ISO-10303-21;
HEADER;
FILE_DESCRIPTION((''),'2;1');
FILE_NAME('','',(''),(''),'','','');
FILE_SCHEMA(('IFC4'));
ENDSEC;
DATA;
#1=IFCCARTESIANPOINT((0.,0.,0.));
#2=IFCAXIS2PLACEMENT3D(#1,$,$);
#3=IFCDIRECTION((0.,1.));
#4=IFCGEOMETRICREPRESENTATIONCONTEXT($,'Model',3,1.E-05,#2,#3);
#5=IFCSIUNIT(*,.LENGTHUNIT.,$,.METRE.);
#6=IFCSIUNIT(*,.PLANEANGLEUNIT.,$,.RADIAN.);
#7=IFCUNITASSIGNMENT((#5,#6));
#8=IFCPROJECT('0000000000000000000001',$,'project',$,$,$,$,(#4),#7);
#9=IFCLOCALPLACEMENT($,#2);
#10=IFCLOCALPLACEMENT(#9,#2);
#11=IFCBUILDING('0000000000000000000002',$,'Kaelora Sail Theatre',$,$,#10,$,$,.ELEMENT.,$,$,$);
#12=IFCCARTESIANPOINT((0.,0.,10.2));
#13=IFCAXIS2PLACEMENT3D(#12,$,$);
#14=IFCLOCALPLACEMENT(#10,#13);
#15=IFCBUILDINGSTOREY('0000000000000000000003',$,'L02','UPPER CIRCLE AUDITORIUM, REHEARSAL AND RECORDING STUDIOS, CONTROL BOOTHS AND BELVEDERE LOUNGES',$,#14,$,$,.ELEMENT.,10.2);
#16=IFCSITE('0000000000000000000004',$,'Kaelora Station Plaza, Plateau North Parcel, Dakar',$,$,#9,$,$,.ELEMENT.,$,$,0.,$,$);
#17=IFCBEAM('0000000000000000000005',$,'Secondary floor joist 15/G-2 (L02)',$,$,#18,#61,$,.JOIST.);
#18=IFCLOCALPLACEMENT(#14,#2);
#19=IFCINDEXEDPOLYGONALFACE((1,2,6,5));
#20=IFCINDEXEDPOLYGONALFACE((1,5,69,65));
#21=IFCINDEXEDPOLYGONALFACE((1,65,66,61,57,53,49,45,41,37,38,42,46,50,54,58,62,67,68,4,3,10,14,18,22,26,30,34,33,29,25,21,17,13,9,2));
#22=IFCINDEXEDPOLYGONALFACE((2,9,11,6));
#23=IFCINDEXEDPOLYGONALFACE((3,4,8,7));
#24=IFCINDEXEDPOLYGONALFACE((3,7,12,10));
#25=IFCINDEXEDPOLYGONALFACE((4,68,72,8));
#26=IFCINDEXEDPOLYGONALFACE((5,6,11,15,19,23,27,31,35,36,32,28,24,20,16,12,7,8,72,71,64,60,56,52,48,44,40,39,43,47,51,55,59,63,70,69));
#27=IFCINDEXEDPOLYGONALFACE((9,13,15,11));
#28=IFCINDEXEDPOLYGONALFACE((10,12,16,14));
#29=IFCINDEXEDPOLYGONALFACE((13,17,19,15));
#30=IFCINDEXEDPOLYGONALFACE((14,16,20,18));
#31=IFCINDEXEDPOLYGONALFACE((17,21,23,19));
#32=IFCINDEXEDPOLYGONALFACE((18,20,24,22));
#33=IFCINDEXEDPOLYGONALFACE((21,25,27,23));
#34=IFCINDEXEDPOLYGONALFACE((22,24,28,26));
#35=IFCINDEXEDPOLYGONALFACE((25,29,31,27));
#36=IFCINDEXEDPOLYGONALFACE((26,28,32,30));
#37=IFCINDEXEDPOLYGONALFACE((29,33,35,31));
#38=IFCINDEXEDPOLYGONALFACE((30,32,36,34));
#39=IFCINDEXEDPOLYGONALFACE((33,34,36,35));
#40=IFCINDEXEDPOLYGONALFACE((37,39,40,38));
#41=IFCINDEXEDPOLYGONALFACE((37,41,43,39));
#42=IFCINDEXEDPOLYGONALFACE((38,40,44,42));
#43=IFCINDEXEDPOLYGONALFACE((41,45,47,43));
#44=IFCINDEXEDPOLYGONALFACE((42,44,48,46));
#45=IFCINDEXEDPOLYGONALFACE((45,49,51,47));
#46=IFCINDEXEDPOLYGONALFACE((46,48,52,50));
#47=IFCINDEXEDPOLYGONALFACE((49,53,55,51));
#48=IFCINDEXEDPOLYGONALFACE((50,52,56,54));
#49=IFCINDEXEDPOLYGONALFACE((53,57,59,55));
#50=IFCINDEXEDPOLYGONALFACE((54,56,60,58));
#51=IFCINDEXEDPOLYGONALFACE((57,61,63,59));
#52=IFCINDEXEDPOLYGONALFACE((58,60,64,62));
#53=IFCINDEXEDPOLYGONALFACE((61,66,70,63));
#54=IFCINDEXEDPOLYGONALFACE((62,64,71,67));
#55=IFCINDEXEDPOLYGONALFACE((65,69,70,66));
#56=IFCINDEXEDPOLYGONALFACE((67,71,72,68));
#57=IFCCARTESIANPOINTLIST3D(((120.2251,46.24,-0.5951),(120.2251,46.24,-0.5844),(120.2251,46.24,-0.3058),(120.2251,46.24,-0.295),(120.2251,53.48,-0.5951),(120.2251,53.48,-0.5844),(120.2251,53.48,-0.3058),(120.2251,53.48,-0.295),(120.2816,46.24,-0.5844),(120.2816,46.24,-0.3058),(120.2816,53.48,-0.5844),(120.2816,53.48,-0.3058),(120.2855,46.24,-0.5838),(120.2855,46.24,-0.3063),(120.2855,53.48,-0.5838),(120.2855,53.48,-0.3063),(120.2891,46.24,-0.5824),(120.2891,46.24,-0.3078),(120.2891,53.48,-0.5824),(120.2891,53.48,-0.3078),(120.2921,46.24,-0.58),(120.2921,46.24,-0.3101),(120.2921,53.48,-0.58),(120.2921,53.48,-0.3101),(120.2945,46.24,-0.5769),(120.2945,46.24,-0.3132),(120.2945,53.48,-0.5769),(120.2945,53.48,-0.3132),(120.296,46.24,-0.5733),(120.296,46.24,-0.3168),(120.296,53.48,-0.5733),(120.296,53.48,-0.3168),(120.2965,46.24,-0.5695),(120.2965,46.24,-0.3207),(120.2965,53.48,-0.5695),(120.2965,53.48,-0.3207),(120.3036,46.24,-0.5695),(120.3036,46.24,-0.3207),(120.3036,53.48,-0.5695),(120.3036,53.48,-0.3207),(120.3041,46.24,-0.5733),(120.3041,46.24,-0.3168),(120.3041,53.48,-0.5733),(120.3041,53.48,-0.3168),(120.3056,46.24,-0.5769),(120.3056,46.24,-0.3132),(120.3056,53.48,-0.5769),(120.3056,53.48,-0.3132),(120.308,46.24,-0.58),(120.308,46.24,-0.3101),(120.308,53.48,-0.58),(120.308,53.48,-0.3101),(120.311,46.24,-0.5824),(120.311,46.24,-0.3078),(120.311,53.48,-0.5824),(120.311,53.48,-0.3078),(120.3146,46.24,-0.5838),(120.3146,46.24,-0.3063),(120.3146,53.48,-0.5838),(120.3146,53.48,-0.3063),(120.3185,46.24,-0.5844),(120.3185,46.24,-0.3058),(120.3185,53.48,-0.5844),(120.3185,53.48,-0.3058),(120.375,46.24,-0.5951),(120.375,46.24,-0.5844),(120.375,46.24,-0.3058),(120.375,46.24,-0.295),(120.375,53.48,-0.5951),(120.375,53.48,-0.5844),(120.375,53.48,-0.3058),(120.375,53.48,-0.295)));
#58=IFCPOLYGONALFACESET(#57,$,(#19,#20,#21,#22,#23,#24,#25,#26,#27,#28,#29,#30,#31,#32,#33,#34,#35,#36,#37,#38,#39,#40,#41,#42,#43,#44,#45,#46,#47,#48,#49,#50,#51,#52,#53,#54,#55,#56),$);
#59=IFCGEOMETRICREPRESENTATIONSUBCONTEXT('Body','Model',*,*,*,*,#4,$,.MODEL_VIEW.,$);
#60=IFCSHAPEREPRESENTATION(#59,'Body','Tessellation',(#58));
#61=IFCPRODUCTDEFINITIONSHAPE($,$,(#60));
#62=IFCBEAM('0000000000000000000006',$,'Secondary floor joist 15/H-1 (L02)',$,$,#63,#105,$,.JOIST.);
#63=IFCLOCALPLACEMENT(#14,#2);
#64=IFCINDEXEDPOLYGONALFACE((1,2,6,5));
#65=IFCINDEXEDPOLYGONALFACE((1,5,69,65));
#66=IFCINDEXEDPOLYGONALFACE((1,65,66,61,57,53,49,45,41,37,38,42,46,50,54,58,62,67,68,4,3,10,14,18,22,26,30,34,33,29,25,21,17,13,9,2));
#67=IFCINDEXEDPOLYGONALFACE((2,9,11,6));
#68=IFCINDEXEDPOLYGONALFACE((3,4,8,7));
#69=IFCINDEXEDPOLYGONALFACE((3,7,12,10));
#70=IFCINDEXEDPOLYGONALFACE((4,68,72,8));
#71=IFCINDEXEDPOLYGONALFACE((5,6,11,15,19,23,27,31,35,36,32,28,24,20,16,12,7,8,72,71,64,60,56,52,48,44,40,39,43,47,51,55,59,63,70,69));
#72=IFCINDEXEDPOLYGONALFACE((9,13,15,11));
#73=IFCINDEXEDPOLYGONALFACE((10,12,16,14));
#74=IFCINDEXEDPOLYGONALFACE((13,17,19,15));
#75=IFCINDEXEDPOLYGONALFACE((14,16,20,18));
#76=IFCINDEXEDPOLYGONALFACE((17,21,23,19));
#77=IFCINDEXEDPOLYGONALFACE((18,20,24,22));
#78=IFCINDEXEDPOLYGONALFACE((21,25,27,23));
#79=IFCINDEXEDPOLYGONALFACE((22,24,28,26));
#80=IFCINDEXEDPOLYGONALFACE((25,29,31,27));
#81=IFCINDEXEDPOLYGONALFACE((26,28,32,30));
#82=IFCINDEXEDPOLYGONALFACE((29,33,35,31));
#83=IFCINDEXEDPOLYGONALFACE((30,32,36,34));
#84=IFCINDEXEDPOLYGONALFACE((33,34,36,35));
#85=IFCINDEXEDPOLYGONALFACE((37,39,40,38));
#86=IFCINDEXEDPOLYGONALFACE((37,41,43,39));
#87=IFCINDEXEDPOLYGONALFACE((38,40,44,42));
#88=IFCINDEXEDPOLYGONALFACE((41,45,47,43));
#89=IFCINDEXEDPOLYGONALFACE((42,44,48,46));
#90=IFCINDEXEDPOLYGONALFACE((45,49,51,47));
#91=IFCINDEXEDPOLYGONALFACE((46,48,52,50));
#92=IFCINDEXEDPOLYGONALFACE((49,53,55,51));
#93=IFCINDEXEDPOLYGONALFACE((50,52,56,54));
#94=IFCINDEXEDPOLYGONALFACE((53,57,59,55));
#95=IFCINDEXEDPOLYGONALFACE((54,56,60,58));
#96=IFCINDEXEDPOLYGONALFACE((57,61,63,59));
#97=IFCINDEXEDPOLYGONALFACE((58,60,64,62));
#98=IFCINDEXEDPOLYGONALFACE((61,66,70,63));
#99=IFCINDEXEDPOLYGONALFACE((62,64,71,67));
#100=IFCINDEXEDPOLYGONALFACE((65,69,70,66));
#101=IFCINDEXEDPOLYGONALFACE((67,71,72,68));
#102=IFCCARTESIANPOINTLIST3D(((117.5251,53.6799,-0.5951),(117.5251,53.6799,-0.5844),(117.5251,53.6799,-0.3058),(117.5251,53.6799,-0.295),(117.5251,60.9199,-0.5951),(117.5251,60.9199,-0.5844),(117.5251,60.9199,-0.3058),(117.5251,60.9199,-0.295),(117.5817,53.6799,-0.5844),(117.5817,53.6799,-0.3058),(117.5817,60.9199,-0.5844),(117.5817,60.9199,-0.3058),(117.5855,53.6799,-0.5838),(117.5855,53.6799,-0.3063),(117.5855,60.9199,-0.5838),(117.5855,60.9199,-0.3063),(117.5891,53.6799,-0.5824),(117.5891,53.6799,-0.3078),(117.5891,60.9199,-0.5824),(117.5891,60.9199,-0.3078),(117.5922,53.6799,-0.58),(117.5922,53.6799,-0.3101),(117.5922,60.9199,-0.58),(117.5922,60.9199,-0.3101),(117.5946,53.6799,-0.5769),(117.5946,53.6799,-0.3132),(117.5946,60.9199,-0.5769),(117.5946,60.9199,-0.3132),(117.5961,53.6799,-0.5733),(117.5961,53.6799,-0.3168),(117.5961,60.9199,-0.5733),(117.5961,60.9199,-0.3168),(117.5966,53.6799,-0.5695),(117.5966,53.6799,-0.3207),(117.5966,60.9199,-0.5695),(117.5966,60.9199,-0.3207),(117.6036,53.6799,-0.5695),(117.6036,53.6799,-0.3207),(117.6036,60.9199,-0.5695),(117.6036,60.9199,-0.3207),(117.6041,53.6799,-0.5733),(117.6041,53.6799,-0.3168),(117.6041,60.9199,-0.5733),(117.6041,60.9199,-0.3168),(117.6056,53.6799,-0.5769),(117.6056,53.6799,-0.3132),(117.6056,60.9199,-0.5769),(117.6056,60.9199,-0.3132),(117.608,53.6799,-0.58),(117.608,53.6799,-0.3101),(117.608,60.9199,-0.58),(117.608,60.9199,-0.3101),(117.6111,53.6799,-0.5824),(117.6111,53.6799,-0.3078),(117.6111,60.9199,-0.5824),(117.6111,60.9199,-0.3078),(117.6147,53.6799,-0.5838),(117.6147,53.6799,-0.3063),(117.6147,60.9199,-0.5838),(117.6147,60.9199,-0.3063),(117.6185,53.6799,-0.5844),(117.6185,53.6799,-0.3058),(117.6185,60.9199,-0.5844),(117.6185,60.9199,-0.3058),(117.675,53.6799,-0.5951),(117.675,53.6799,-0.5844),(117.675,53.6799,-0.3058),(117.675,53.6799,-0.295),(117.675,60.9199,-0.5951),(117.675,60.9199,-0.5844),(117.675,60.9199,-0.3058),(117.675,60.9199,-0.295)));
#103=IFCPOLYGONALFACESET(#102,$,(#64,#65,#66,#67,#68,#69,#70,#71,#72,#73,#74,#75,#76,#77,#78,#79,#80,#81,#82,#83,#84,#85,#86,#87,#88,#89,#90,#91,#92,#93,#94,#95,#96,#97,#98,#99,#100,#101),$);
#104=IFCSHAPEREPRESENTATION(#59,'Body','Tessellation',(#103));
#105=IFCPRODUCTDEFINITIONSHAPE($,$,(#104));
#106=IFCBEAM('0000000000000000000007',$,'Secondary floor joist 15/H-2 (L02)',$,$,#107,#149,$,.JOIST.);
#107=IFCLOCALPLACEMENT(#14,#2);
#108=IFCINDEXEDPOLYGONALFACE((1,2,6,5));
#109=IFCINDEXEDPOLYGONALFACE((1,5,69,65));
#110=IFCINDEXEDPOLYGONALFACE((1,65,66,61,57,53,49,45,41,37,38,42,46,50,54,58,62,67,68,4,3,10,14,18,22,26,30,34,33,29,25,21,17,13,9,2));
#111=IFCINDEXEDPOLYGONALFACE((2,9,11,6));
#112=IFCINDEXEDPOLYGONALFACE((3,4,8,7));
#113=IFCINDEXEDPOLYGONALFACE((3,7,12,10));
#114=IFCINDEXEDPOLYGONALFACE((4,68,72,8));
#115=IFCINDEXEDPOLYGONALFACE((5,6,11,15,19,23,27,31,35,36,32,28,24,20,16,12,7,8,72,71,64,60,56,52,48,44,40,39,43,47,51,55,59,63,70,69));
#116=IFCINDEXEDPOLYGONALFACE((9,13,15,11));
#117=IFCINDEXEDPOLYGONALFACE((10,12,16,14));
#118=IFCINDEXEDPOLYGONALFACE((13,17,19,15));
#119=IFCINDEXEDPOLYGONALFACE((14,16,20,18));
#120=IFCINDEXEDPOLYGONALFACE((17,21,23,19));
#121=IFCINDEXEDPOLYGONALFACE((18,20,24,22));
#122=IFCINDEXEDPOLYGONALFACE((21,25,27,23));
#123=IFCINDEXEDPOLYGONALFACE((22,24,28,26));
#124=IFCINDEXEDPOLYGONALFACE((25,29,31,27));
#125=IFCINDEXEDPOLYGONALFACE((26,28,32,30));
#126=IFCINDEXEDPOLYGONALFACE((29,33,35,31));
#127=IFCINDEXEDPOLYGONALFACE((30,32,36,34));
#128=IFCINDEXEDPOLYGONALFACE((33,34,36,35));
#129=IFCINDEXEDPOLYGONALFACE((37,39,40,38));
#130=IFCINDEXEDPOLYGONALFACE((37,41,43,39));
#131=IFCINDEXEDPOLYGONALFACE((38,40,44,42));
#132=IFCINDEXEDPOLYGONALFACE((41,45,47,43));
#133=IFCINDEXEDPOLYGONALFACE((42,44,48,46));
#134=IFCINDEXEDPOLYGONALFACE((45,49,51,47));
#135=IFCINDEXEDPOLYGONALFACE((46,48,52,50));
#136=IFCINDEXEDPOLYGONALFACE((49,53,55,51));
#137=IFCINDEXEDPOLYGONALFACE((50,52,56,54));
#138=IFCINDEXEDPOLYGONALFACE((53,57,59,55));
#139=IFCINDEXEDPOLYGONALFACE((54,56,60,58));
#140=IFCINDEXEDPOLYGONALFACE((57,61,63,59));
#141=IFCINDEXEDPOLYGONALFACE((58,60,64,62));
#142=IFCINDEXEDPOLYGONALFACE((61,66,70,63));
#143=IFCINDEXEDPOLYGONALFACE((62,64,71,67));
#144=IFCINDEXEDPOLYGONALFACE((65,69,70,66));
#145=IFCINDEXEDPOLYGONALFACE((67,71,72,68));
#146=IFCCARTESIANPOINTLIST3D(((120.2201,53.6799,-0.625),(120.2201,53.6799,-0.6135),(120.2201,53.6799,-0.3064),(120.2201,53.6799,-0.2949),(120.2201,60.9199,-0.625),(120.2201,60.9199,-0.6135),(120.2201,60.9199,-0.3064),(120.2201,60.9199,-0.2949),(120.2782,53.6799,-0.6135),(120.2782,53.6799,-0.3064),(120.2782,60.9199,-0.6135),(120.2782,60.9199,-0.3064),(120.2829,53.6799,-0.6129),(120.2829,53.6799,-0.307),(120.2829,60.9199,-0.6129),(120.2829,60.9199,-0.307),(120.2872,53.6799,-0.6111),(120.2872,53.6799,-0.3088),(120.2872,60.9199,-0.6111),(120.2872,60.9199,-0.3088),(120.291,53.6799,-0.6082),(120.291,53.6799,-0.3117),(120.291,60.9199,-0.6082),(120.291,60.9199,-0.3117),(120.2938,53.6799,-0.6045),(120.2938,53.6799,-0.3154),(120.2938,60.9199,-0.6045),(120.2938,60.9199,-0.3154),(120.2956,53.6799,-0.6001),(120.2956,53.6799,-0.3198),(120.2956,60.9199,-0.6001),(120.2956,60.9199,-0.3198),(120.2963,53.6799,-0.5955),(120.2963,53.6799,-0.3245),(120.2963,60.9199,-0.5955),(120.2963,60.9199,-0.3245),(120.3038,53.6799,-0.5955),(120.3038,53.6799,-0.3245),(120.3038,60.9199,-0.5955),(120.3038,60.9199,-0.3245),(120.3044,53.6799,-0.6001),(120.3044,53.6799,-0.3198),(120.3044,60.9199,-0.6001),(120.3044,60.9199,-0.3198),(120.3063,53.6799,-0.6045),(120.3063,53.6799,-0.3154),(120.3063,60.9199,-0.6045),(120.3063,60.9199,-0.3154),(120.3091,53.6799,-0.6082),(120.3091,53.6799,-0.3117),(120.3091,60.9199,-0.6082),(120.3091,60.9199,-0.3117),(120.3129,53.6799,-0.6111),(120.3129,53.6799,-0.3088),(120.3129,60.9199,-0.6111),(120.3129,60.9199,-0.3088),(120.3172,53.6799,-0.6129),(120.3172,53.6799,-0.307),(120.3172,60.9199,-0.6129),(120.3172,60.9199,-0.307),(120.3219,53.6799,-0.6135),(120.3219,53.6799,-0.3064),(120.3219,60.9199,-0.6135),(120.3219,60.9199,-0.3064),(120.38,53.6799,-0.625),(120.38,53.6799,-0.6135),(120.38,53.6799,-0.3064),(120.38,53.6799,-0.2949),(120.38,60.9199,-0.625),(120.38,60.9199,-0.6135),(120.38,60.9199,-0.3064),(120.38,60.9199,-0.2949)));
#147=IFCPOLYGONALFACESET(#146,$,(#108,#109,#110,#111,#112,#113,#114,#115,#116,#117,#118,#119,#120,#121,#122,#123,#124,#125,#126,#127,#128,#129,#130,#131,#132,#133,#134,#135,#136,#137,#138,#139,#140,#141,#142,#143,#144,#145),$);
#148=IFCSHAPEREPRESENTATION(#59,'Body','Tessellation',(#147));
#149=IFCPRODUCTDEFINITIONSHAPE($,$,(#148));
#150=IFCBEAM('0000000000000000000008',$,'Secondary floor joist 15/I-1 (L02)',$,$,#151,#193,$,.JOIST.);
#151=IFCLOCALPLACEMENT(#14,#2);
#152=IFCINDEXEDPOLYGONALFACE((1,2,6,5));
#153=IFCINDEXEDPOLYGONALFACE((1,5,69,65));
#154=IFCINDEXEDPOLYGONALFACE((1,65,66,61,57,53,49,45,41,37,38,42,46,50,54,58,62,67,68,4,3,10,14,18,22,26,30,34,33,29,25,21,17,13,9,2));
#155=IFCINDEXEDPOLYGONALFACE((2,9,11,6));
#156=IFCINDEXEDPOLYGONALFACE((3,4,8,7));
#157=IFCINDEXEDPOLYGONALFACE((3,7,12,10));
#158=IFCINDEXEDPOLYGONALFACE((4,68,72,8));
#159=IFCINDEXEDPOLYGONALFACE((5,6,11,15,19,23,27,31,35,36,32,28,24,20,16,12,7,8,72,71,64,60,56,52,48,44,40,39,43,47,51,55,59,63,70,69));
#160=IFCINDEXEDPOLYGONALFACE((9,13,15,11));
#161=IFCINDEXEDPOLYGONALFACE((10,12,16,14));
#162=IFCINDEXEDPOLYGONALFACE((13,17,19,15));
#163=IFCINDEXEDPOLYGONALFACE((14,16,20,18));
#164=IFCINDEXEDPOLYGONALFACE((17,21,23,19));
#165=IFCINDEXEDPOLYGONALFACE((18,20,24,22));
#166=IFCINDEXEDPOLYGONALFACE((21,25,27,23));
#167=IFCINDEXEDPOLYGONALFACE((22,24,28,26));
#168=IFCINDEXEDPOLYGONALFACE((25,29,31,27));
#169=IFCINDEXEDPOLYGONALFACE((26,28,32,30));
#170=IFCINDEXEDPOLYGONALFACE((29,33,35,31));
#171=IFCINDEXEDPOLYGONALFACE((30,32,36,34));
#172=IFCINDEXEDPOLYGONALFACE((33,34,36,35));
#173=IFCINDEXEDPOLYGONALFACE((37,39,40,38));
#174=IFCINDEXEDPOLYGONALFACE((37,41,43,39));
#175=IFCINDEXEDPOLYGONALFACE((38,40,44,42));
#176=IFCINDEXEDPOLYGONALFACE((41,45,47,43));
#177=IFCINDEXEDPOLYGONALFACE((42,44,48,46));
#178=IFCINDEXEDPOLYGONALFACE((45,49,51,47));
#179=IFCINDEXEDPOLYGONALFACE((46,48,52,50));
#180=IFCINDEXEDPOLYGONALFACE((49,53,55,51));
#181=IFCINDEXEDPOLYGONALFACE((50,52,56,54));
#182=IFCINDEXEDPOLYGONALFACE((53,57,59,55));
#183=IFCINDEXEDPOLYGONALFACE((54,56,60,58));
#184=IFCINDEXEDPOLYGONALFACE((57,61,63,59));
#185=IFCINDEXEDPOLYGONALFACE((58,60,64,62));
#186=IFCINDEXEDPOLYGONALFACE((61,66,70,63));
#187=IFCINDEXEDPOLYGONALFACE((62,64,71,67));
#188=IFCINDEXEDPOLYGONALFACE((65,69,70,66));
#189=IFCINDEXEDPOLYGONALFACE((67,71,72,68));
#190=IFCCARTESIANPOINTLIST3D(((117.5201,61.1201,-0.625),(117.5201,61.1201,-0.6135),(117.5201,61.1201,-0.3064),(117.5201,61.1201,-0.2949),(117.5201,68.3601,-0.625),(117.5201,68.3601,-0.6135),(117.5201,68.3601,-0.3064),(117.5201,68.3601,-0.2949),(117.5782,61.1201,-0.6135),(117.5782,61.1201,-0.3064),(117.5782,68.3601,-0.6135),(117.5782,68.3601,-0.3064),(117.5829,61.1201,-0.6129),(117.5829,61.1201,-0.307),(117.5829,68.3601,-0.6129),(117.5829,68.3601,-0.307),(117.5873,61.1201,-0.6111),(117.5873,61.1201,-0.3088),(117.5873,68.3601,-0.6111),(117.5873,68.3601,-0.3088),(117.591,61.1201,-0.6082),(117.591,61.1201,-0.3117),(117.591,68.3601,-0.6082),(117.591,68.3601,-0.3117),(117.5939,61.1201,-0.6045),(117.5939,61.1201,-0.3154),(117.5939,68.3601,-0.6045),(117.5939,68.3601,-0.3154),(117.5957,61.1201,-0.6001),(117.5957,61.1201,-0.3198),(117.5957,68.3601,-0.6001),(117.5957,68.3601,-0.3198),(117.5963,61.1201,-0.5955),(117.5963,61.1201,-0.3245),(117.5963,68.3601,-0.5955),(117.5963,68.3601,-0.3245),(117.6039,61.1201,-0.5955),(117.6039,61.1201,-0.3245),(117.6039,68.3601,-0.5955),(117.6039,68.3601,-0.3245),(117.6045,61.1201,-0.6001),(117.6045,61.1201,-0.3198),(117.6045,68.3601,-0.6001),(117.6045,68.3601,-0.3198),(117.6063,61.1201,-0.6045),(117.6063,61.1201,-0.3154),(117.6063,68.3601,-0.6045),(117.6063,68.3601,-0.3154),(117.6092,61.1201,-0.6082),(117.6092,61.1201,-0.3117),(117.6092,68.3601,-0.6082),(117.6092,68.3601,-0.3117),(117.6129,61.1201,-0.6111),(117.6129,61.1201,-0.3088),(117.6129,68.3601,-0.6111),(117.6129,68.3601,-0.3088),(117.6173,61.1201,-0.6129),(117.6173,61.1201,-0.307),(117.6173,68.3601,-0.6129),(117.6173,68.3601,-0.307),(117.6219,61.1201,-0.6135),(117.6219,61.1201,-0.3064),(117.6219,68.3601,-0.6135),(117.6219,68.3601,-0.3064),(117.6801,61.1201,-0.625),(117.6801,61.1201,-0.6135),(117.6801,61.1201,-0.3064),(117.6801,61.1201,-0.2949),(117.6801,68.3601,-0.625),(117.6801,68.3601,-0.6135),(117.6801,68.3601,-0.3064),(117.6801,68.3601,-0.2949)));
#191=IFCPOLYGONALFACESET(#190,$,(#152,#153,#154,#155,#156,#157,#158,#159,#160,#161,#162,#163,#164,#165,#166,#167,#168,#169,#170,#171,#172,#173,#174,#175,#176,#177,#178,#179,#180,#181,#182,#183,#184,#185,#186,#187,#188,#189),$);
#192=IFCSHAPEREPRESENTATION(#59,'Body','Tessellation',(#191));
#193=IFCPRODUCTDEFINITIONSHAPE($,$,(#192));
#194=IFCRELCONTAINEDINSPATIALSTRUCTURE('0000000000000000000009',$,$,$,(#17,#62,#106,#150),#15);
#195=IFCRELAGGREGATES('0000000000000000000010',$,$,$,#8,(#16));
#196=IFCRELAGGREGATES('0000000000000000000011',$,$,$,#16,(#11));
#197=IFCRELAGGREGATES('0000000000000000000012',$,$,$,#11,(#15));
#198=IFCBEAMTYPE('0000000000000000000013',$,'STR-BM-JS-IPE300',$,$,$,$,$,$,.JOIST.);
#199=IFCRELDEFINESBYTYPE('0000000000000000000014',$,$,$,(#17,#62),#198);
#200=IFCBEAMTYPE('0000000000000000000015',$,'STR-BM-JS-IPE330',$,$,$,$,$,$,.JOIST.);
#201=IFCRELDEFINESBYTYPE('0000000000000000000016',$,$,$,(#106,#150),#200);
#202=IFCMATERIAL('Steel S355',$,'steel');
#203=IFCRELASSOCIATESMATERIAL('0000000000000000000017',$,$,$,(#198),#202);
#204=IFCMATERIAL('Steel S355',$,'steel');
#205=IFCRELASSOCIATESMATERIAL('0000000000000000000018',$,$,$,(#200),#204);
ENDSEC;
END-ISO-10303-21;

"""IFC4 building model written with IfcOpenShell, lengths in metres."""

from ifc_helpers import new_model, si_unit, direction, frame, origin, origin_2d, place, context, subcontext, project, spatial, i_section, extrude, material, material_profile, profile_set, type_object, element, save


model = new_model("IFC4")

# Units and contexts
model_context = context("Model", 3, precision=1e-05, world=origin(), true_north=direction((0.0, 1.0)))
body_context = subcontext(model_context, "Body", "Model", "MODEL_VIEW")
ifc_project = project(units=[si_unit("LENGTHUNIT", "METRE"), si_unit("PLANEANGLEUNIT", "RADIAN")], contexts=[model_context])

# Site, building, storey
site_placement = place(None, origin())
site = spatial("IfcSite", under=ifc_project, at=site_placement, Name="Kaelora Station Plaza, Plateau North Parcel, Dakar", CompositionType="ELEMENT", RefElevation=0.0)
building_placement = place(site_placement, origin())
building = spatial("IfcBuilding", under=site, at=building_placement, Name="Kaelora Sail Theatre", CompositionType="ELEMENT")
storey_placement = place(building_placement, frame((0.0, 0.0, 10.2)))
storey = spatial("IfcBuildingStorey", under=building, at=storey_placement, Name="L02", Description="UPPER CIRCLE AUDITORIUM, REHEARSAL AND RECORDING STUDIOS, CONTROL BOOTHS AND BELVEDERE LOUNGES", CompositionType="ELEMENT", Elevation=10.2)

# Beams
ifc_material_1 = material(Name="Steel S355", Category="steel")
ifc_material_profile_1 = material_profile(ifc_material_1, i_section(OverallWidth=0.1499, OverallDepth=0.3, WebThickness=0.0071, FlangeThickness=0.0107, FilletRadius=0.0149, at=origin_2d()), Name="IPE 300")
ifc_profile_set_1 = profile_set([ifc_material_profile_1], Name="Steel S355")
beam_type_1 = type_object("IfcBeamType", Name="STR-BM-JS-IPE300", PredefinedType="JOIST", material=ifc_profile_set_1)
for number, where, z_axis, x_axis, name in (
    (1, (120.3, 46.24, -0.4451), (0.0, 1.0, 0.0), (-1.0, 0.0, 0.0), "Secondary floor joist 15/G-2 (L02)"),
    (2, (117.6001, 53.6799, -0.4451), (0.0, 1.0, 0.0), (-1.0, 0.0, 0.0), "Secondary floor joist 15/H-1 (L02)"),
):
    element("IfcBeam", number, at=place(storey_placement, frame(where, z_axis=z_axis, x_axis=x_axis)), inside=storey, type_object=beam_type_1, Name=name, PredefinedType="JOIST", context=body_context, shape_type="SweptSolid", body=[
        extrude(i_section(OverallWidth=0.1499, OverallDepth=0.3, WebThickness=0.0071, FlangeThickness=0.0107, FilletRadius=0.0149, at=origin_2d()), origin(), (0.0, 0.0, 1.0), 7.24),
    ])
ifc_material_2 = material(Name="Steel S355", Category="steel")
ifc_material_profile_2 = material_profile(ifc_material_2, i_section(OverallWidth=0.1599, OverallDepth=0.3301, WebThickness=0.0076, FlangeThickness=0.0115, FilletRadius=0.0181, at=origin_2d()), Name="IPE 330")
ifc_profile_set_2 = profile_set([ifc_material_profile_2], Name="Steel S355")
beam_type_2 = type_object("IfcBeamType", Name="STR-BM-JS-IPE330", PredefinedType="JOIST", material=ifc_profile_set_2)
for number, where, z_axis, x_axis, name in (
    (3, (120.3, 53.6799, -0.46), (0.0, 1.0, 0.0), (-1.0, 0.0, 0.0), "Secondary floor joist 15/H-2 (L02)"),
    (4, (117.6001, 61.1201, -0.46), (0.0, 1.0, 0.0), (-1.0, 0.0, 0.0), "Secondary floor joist 15/I-1 (L02)"),
):
    element("IfcBeam", number, at=place(storey_placement, frame(where, z_axis=z_axis, x_axis=x_axis)), inside=storey, type_object=beam_type_2, Name=name, PredefinedType="JOIST", context=body_context, shape_type="SweptSolid", body=[
        extrude(i_section(OverallWidth=0.1599, OverallDepth=0.3301, WebThickness=0.0076, FlangeThickness=0.0115, FilletRadius=0.0181, at=origin_2d()), origin(), (0.0, 0.0, 1.0), 7.24),
    ])

save(model, "model.ifc")
